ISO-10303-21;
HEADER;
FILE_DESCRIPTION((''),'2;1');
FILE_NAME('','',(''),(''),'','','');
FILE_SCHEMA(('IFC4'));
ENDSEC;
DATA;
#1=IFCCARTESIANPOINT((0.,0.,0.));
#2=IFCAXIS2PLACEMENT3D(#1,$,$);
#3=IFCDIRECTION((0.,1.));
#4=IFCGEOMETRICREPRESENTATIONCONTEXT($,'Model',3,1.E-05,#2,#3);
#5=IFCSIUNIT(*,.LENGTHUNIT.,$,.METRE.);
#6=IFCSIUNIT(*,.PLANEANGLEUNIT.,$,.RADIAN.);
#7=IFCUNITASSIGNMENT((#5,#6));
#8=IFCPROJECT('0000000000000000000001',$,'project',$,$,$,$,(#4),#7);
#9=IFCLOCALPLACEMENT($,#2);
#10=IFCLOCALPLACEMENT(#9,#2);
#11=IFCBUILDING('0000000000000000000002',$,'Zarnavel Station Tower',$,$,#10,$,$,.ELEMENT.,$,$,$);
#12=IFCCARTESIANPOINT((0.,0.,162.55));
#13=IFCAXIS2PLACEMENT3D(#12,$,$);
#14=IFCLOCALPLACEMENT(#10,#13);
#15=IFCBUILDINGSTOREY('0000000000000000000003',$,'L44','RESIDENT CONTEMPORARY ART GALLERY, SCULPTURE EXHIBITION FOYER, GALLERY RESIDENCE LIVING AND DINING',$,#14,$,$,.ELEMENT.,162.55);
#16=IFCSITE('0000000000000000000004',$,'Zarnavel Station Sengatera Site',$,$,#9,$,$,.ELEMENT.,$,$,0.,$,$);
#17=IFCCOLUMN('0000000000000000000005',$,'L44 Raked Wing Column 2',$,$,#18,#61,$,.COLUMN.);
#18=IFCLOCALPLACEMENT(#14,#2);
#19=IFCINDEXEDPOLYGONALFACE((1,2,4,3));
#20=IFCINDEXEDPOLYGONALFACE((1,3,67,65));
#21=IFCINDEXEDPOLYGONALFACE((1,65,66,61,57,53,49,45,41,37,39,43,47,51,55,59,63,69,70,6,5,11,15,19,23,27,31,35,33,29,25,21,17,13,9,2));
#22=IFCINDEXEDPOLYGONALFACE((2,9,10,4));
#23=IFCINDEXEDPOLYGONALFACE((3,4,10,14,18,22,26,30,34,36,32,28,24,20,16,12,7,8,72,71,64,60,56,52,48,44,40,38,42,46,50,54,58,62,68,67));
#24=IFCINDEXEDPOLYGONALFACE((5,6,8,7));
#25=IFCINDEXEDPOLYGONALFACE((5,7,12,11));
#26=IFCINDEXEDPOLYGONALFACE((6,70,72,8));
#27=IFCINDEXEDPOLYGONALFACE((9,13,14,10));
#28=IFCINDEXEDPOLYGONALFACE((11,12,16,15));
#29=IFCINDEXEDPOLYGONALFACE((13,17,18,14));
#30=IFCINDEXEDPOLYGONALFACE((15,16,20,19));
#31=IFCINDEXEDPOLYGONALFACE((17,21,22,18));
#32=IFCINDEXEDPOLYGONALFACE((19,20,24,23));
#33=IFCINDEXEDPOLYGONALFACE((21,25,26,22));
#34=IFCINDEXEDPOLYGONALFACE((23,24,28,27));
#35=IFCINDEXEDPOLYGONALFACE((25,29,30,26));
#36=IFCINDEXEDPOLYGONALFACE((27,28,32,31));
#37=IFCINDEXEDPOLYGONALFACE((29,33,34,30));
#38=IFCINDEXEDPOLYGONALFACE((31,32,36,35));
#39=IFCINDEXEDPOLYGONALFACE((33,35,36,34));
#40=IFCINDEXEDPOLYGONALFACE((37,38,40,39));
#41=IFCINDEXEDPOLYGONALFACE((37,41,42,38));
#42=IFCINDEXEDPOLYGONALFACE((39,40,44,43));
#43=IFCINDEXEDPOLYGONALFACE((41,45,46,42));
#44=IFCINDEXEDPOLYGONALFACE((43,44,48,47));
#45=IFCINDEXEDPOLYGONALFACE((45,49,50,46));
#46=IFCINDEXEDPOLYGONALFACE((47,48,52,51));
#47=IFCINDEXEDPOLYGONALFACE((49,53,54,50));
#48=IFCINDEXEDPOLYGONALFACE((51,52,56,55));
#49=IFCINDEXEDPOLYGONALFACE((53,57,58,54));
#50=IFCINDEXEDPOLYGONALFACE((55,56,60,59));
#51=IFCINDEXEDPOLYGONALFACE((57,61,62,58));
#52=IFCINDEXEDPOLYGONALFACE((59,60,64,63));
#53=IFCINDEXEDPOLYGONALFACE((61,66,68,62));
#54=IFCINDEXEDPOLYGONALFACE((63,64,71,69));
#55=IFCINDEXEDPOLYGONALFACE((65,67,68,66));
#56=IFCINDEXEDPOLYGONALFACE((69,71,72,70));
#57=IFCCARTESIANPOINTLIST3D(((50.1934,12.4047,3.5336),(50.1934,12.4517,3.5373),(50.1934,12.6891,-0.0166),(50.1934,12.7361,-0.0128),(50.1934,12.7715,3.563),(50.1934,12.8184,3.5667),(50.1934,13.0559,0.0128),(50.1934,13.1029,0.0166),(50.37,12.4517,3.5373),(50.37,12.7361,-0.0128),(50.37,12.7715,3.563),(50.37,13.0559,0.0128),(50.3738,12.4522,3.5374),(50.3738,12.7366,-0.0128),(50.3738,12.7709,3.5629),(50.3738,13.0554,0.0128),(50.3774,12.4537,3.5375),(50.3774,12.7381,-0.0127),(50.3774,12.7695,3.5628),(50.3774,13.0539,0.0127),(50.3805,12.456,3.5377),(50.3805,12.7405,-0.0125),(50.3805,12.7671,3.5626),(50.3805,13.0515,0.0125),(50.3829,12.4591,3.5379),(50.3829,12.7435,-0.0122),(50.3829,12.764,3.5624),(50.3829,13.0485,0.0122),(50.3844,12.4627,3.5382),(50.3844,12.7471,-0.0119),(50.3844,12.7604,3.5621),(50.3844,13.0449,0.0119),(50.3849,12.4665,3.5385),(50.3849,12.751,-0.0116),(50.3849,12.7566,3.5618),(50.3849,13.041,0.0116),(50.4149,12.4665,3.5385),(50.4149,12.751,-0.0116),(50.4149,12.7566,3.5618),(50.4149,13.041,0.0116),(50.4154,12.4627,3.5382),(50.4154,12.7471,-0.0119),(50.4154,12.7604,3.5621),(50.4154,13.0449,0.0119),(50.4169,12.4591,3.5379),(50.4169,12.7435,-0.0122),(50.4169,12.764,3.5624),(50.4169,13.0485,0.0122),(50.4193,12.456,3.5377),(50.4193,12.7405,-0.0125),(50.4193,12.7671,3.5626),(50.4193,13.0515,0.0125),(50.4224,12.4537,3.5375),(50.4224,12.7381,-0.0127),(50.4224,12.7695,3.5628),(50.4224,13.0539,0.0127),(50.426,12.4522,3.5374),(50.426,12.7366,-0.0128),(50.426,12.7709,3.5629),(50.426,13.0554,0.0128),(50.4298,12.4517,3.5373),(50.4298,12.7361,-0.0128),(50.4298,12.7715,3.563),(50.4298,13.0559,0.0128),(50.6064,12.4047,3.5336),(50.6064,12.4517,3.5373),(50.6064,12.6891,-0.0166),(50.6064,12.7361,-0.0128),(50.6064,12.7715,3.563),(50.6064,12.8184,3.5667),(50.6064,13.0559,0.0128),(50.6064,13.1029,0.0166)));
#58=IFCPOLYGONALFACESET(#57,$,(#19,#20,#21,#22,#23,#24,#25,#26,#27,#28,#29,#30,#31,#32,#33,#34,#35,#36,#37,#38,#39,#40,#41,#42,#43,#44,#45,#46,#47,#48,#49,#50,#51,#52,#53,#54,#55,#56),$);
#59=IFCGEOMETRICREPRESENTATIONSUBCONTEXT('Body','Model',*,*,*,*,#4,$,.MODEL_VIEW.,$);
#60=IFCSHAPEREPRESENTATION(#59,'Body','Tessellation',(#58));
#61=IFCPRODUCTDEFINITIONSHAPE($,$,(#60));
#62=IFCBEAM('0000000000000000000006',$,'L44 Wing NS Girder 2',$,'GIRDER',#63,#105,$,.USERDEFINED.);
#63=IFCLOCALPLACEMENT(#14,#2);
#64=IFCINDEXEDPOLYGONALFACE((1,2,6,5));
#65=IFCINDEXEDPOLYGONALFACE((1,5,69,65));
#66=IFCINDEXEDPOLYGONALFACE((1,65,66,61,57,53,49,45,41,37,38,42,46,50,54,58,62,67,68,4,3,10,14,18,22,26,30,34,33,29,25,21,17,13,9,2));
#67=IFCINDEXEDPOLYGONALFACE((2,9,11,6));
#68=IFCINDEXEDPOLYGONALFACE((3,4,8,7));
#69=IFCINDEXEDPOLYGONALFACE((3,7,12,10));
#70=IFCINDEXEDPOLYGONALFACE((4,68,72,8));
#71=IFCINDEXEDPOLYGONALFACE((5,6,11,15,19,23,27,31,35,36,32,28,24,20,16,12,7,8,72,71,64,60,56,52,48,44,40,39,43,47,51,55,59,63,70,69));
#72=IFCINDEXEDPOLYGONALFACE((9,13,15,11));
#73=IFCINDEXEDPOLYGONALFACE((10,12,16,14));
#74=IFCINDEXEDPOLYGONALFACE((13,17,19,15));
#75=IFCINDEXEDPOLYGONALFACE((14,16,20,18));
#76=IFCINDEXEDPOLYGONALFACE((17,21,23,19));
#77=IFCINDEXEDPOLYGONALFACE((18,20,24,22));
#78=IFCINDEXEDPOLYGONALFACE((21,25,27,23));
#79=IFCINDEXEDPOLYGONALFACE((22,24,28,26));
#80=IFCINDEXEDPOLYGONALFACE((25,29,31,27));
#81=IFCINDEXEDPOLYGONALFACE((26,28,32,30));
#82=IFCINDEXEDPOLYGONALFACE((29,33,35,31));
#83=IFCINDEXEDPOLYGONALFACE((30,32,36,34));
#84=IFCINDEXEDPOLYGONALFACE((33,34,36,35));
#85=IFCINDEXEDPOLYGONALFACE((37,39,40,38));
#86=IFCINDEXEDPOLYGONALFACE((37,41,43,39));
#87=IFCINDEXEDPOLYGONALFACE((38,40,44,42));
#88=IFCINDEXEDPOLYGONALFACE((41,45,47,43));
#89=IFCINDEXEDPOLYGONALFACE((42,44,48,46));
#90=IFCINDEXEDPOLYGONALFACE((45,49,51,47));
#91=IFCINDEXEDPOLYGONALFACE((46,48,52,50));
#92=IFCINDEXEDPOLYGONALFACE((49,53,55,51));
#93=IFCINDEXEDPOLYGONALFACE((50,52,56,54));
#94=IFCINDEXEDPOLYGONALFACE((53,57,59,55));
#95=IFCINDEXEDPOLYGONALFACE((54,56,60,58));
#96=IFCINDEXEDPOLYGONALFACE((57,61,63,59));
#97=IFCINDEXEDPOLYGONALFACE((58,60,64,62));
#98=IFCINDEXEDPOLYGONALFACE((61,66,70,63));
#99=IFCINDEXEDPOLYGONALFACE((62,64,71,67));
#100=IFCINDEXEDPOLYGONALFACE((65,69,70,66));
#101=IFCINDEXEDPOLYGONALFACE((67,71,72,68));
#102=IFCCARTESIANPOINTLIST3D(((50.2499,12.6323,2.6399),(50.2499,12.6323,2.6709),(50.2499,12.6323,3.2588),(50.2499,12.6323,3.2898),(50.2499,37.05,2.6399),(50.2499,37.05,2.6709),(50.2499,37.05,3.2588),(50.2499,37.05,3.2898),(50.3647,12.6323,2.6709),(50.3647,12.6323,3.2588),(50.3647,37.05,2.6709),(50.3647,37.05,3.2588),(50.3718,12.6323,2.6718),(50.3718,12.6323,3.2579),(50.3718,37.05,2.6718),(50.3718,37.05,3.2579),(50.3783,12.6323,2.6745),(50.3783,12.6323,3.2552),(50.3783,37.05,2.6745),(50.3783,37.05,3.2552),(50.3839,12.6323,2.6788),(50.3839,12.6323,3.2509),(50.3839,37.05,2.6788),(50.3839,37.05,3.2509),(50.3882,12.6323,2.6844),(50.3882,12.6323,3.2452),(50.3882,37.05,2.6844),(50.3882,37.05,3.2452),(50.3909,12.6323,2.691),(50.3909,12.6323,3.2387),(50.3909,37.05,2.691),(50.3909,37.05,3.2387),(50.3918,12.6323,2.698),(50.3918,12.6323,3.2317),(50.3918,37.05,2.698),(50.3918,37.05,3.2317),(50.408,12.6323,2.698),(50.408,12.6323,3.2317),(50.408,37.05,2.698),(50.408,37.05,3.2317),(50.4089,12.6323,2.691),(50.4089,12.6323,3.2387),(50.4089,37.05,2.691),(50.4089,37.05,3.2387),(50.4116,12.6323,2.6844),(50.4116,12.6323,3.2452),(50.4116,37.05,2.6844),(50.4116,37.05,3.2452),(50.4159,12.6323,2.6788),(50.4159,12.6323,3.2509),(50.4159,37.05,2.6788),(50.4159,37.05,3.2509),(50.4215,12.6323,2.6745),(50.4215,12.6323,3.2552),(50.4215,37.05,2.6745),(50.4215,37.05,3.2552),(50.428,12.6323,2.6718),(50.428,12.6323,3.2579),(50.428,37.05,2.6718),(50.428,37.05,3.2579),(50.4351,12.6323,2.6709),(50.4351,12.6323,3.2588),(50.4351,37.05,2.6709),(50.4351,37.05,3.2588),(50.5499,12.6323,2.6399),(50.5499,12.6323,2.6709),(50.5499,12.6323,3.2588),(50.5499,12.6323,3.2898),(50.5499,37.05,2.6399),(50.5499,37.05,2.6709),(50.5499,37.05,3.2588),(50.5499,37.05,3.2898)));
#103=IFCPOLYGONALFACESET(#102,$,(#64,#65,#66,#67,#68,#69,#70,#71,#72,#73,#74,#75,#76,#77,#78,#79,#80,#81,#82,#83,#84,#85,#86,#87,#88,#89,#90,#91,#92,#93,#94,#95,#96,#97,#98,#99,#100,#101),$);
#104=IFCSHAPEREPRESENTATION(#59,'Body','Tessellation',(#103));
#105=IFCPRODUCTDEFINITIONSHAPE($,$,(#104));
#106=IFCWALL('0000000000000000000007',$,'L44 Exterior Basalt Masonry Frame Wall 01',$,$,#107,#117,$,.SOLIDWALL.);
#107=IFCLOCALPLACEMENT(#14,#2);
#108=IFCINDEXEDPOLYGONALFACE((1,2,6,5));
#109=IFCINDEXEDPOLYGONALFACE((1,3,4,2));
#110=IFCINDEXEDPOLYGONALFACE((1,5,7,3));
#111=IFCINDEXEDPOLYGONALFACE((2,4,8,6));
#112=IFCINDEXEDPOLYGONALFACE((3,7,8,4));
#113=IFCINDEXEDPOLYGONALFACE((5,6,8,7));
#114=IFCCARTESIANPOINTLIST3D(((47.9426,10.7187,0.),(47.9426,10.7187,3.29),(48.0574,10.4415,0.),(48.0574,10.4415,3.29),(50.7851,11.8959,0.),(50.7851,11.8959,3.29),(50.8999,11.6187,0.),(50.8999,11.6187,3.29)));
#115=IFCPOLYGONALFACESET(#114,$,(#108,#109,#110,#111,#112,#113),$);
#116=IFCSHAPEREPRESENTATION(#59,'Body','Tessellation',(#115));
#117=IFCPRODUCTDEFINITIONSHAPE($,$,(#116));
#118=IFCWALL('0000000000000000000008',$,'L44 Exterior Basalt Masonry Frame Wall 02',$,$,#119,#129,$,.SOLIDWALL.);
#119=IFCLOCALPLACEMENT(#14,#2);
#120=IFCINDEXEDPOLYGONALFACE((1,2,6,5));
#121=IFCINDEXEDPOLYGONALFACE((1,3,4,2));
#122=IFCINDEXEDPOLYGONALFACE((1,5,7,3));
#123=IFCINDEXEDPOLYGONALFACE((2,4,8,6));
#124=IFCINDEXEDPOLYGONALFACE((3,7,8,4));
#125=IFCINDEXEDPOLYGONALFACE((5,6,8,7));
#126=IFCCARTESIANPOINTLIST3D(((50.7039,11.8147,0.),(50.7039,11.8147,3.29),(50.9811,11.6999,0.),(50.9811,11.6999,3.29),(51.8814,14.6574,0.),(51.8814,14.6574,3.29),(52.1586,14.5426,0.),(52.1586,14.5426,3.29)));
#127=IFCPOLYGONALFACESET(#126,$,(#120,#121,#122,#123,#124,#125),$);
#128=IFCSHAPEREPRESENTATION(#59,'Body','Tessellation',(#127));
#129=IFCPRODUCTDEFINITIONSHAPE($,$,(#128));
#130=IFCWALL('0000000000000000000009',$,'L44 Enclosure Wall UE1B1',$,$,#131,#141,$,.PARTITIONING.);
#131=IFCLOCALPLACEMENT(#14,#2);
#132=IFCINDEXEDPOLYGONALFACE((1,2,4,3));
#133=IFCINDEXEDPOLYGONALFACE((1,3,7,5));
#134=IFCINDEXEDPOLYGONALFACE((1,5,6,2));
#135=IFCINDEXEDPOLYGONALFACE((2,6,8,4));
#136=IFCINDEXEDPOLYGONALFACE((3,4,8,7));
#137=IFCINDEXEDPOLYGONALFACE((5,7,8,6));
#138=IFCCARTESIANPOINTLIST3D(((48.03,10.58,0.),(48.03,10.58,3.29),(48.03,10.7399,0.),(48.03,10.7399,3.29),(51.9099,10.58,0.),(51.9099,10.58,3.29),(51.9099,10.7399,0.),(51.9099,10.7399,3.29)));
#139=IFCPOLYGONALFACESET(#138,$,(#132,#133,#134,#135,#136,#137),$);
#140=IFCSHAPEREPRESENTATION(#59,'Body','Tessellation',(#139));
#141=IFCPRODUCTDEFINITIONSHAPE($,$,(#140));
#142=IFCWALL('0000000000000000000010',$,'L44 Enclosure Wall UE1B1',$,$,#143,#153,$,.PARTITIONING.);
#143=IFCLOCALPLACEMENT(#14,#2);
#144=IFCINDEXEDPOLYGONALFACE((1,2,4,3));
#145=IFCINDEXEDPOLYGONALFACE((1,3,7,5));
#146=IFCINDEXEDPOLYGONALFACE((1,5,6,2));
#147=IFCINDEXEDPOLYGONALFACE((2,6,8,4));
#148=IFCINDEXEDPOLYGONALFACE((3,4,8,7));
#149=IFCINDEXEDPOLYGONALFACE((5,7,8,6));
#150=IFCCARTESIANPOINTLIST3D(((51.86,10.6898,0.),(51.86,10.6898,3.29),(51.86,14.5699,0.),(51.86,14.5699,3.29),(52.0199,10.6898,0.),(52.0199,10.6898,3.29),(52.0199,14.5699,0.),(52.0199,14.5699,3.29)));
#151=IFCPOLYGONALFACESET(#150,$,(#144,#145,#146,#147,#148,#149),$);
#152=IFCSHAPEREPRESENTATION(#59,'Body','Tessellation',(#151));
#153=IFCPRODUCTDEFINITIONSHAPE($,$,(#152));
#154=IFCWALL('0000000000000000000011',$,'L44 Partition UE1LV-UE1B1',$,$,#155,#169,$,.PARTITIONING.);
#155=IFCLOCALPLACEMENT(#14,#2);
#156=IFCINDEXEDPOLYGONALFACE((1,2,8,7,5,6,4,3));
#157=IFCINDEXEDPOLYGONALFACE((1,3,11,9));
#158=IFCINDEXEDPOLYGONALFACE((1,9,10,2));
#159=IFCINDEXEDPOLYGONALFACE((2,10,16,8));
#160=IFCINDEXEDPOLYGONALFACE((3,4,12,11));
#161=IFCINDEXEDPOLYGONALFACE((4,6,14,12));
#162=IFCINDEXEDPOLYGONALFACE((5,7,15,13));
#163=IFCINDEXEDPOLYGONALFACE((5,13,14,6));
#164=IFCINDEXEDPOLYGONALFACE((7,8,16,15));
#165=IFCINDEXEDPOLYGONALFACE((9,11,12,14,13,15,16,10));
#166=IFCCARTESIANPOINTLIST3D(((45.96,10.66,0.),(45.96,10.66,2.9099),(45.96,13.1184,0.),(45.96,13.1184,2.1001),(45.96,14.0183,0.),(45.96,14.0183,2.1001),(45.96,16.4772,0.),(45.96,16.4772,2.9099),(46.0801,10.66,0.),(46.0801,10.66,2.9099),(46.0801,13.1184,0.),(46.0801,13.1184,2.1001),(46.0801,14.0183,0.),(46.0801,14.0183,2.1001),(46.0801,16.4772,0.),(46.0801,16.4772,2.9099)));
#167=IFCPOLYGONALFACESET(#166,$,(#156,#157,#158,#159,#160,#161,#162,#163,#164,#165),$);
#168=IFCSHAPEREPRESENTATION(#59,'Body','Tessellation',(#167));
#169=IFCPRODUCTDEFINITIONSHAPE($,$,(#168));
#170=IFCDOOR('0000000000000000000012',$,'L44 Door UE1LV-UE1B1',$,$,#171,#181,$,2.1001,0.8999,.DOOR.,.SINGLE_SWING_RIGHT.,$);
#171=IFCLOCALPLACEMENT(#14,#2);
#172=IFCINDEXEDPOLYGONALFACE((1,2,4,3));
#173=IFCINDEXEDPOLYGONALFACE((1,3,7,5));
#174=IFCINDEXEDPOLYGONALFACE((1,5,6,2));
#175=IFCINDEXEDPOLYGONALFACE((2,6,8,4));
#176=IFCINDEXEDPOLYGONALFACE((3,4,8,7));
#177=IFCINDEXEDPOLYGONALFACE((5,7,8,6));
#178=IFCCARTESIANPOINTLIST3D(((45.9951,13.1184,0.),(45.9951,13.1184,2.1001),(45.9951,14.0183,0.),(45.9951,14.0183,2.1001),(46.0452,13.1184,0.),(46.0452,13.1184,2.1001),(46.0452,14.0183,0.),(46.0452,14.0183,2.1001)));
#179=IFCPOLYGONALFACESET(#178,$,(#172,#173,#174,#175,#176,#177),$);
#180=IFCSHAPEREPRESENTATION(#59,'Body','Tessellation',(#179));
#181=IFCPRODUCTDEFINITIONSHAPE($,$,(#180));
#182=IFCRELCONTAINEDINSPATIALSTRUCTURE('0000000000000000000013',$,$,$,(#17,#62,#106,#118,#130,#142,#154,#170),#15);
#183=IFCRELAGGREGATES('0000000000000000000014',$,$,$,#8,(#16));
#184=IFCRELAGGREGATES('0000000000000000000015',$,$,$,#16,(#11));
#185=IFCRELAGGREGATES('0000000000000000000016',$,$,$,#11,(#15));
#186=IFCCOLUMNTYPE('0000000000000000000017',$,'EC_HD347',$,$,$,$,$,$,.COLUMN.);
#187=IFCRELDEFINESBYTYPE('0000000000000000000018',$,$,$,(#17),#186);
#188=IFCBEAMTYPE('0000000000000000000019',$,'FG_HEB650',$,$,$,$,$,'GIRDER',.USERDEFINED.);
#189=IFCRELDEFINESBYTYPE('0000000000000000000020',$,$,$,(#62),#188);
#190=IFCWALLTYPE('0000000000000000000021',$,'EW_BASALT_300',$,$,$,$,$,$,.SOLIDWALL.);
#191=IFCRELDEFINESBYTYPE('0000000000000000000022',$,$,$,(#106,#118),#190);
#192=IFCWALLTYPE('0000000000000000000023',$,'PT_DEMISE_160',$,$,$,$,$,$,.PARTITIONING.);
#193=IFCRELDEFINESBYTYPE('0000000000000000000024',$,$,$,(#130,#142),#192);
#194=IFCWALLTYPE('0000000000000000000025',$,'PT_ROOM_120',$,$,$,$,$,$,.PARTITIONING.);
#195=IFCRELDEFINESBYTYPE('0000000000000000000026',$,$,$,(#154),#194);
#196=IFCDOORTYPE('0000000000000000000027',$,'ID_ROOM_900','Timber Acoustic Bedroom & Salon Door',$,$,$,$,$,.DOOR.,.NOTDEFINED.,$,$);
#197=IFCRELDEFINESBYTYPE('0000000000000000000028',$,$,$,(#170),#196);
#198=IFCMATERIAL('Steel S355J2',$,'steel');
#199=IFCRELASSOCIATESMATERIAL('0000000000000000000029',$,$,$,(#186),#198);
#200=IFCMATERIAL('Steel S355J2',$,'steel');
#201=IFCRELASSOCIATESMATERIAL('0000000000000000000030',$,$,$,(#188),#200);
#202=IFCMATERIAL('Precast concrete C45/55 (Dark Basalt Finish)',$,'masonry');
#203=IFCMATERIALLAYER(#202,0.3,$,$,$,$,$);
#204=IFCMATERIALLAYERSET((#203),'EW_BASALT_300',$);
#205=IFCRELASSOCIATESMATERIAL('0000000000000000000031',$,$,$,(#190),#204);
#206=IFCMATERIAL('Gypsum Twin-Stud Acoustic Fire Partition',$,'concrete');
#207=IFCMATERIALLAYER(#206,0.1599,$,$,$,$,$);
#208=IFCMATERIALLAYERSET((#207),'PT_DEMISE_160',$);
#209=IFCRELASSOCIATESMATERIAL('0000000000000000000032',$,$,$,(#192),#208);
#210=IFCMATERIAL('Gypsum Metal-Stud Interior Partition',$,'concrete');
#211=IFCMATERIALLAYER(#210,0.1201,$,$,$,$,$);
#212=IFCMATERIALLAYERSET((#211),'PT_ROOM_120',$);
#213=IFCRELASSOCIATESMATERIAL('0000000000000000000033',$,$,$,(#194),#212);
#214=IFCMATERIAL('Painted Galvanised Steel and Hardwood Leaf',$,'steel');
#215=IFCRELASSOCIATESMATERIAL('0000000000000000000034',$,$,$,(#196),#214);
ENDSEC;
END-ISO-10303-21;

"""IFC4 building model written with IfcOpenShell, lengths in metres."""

from ifc_helpers import new_model, si_unit, direction, frame, frame_2d, origin, origin_2d, place, context, subcontext, project, spatial, rectangle, i_section, extrude, material, layer, layer_set, material_profile, profile_set, type_object, element, fill, save


model = new_model("IFC4")

# Units and contexts
model_context = context("Model", 3, precision=1e-05, world=origin(), true_north=direction((0.0, 1.0)))
body_context = subcontext(model_context, "Body", "Model", "MODEL_VIEW")
ifc_project = project(units=[si_unit("LENGTHUNIT", "METRE"), si_unit("PLANEANGLEUNIT", "RADIAN")], contexts=[model_context])

# Site, building, storey
site_placement = place(None, origin())
site = spatial("IfcSite", under=ifc_project, at=site_placement, Name="Zarnavel Station Sengatera Site", CompositionType="ELEMENT", RefElevation=0.0)
building_placement = place(site_placement, origin())
building = spatial("IfcBuilding", under=site, at=building_placement, Name="Zarnavel Station Tower", CompositionType="ELEMENT")
storey_placement = place(building_placement, frame((0.0, 0.0, 162.55)))
storey = spatial("IfcBuildingStorey", under=building, at=storey_placement, Name="L44", Description="RESIDENT CONTEMPORARY ART GALLERY, SCULPTURE EXHIBITION FOYER, GALLERY RESIDENCE LIVING AND DINING", CompositionType="ELEMENT", Elevation=162.55)

# Column
ifc_material_1 = material(Name="Steel S355J2", Category="steel")
ifc_material_profile_1 = material_profile(ifc_material_1, i_section(OverallWidth=0.4131, OverallDepth=0.415, WebThickness=0.03, FlangeThickness=0.0471, FilletRadius=0.0149, at=origin_2d()), Name="HD400x347")
ifc_profile_set_1 = profile_set([ifc_material_profile_1], Name="Steel S355J2")
column_type = type_object("IfcColumnType", Name="EC_HD347", PredefinedType="COLUMN", material=ifc_profile_set_1)
column_placement = place(storey_placement, frame((50.3999, 12.896, 0.0), z_axis=(0.0, -0.079862, 0.996806), x_axis=(1.0, 0.0, 0.0)))
element("IfcColumn", 1, at=column_placement, inside=storey, type_object=column_type, Name="L44 Raked Wing Column 2", PredefinedType="COLUMN", context=body_context, shape_type="SweptSolid", body=[
    extrude(i_section(OverallWidth=0.4131, OverallDepth=0.415, WebThickness=0.03, FlangeThickness=0.0471, FilletRadius=0.0149, at=origin_2d()), origin(), (0.0, 0.0, 1.0), 3.5615),
])

# Beam
ifc_material_2 = material(Name="Steel S355J2", Category="steel")
ifc_material_profile_2 = material_profile(ifc_material_2, i_section(OverallWidth=0.3, OverallDepth=0.6499, WebThickness=0.0161, FlangeThickness=0.031, FilletRadius=0.0271, at=origin_2d()), Name="HEB650")
ifc_profile_set_2 = profile_set([ifc_material_profile_2], Name="Steel S355J2")
beam_type = type_object("IfcBeamType", Name="FG_HEB650", ElementType="GIRDER", PredefinedType="USERDEFINED", material=ifc_profile_set_2)
beam_placement = place(storey_placement, frame((50.3999, 12.6323, 2.9648), z_axis=(0.0, 1.0, 0.0), x_axis=(-1.0, 0.0, 0.0)))
element("IfcBeam", 2, at=beam_placement, inside=storey, type_object=beam_type, Name="L44 Wing NS Girder 2", ObjectType="GIRDER", PredefinedType="USERDEFINED", context=body_context, shape_type="SweptSolid", body=[
    extrude(i_section(OverallWidth=0.3, OverallDepth=0.6499, WebThickness=0.0161, FlangeThickness=0.031, FilletRadius=0.0271, at=origin_2d()), origin(), (0.0, 0.0, 1.0), 24.4177),
])

# Walls
ifc_material_3 = material(Name="Precast concrete C45/55 (Dark Basalt Finish)", Category="masonry")
ifc_layer_1 = layer(ifc_material_3, 0.3)
ifc_layer_set_1 = layer_set([ifc_layer_1], Name="EW_BASALT_300")
wall_type_1 = type_object("IfcWallType", Name="EW_BASALT_300", PredefinedType="SOLIDWALL", material=ifc_layer_set_1)
wall_1_placement = place(storey_placement, frame((50.8425, 11.7573, 0.0), z_axis=(0.0, 0.0, 1.0), x_axis=(-0.923899, -0.382637, 0.0)))
element("IfcWall", 3, at=wall_1_placement, inside=storey, type_object=wall_type_1, Name="L44 Exterior Basalt Masonry Frame Wall 01", PredefinedType="SOLIDWALL", context=body_context, shape_type="SweptSolid", body=[
    extrude(rectangle(XDim=3.0767, YDim=0.3, at=frame_2d((1.5383, 0.0))), origin(), (0.0, 0.0, 1.0), 3.29),
])
wall_2_placement = place(storey_placement, frame((52.02, 14.6001, 0.0), z_axis=(0.0, 0.0, 1.0), x_axis=(-0.382676, -0.923882, 0.0)))
element("IfcWall", 4, at=wall_2_placement, inside=storey, type_object=wall_type_1, Name="L44 Exterior Basalt Masonry Frame Wall 02", PredefinedType="SOLIDWALL", context=body_context, shape_type="SweptSolid", body=[
    extrude(rectangle(XDim=3.0769, YDim=0.3, at=frame_2d((1.5386, 0.0))), origin(), (0.0, 0.0, 1.0), 3.29),
])

# Walls
ifc_material_4 = material(Name="Gypsum Twin-Stud Acoustic Fire Partition", Category="concrete")
ifc_layer_2 = layer(ifc_material_4, 0.1599)
ifc_layer_set_2 = layer_set([ifc_layer_2], Name="PT_DEMISE_160")
wall_type_2 = type_object("IfcWallType", Name="PT_DEMISE_160", PredefinedType="PARTITIONING", material=ifc_layer_set_2)
wall_3_placement = place(storey_placement, frame((48.03, 10.6599, 0.0), z_axis=(0.0, 0.0, 1.0), x_axis=(1.0, 0.0, 0.0)))
element("IfcWall", 5, at=wall_3_placement, inside=storey, type_object=wall_type_2, Name="L44 Enclosure Wall UE1B1", PredefinedType="PARTITIONING", context=body_context, shape_type="SweptSolid", body=[
    extrude(rectangle(XDim=3.8799, YDim=0.1599, at=frame_2d((1.9399, 0.0))), origin(), (0.0, 0.0, 1.0), 3.29),
])
wall_4_placement = place(storey_placement, frame((51.9399, 10.6899, 0.0), z_axis=(0.0, 0.0, 1.0), x_axis=(0.0, 1.0, 0.0)))
element("IfcWall", 6, at=wall_4_placement, inside=storey, type_object=wall_type_2, Name="L44 Enclosure Wall UE1B1", PredefinedType="PARTITIONING", context=body_context, shape_type="SweptSolid", body=[
    extrude(rectangle(XDim=3.8801, YDim=0.1599, at=frame_2d((1.9399, 0.0))), origin(), (0.0, 0.0, 1.0), 3.29),
])

# Wall, opening, door
ifc_material_5 = material(Name="Gypsum Metal-Stud Interior Partition", Category="concrete")
ifc_layer_3 = layer(ifc_material_5, 0.1201)
ifc_layer_set_3 = layer_set([ifc_layer_3], Name="PT_ROOM_120")
wall_type_3 = type_object("IfcWallType", Name="PT_ROOM_120", PredefinedType="PARTITIONING", material=ifc_layer_set_3)
wall_5_placement = place(storey_placement, frame((46.02, 10.6599, 0.0), z_axis=(0.0, 0.0, 1.0), x_axis=(0.0, 1.0, 0.0)))
wall_5 = element("IfcWall", 7, at=wall_5_placement, inside=storey, type_object=wall_type_3, Name="L44 Partition UE1LV-UE1B1", PredefinedType="PARTITIONING", context=body_context, shape_type="SweptSolid", body=[
    extrude(rectangle(XDim=5.8171, YDim=0.1201, at=frame_2d((2.9087, 0.0))), origin(), (0.0, 0.0, 1.0), 2.9099),
])
opening_1_placement = place(wall_5_placement, frame((2.4585, 0.0, 0.0)))
opening_1 = element("IfcOpeningElement", 8, at=opening_1_placement, cuts=wall_5, PredefinedType="OPENING", context=body_context, shape_type="SweptSolid", body=[
    extrude(rectangle(XDim=0.8999, YDim=2.1001, at=frame_2d((0.45, 1.05))), frame((0.0, 0.0701, 0.0), z_axis=(0.0, -1.0, 0.0), x_axis=(1.0, 0.0, 0.0)), (0.0, 0.0, 1.0), 0.1401),
])
ifc_material_6 = material(Name="Painted Galvanised Steel and Hardwood Leaf", Category="steel")
door_type = type_object("IfcDoorType", Name="ID_ROOM_900", Description="Timber Acoustic Bedroom & Salon Door", OperationType="NOTDEFINED", PredefinedType="DOOR", material=ifc_material_6)
door_1_placement = place(opening_1_placement, origin())
door_1 = element("IfcDoor", 9, at=door_1_placement, inside=storey, type_object=door_type, Name="L44 Door UE1LV-UE1B1", OperationType="SINGLE_SWING_RIGHT", OverallHeight=2.1001, OverallWidth=0.8999, PredefinedType="DOOR", context=body_context, shape_type="SweptSolid", body=[
    extrude(rectangle(XDim=0.8999, YDim=2.1001, at=frame_2d((0.45, 1.05))), frame((0.0, 0.0249, 0.0), z_axis=(0.0, -1.0, 0.0), x_axis=(1.0, 0.0, 0.0)), (0.0, 0.0, 1.0), 0.05),
])
fill(opening_1, door_1)

save(model, "model.ifc")
